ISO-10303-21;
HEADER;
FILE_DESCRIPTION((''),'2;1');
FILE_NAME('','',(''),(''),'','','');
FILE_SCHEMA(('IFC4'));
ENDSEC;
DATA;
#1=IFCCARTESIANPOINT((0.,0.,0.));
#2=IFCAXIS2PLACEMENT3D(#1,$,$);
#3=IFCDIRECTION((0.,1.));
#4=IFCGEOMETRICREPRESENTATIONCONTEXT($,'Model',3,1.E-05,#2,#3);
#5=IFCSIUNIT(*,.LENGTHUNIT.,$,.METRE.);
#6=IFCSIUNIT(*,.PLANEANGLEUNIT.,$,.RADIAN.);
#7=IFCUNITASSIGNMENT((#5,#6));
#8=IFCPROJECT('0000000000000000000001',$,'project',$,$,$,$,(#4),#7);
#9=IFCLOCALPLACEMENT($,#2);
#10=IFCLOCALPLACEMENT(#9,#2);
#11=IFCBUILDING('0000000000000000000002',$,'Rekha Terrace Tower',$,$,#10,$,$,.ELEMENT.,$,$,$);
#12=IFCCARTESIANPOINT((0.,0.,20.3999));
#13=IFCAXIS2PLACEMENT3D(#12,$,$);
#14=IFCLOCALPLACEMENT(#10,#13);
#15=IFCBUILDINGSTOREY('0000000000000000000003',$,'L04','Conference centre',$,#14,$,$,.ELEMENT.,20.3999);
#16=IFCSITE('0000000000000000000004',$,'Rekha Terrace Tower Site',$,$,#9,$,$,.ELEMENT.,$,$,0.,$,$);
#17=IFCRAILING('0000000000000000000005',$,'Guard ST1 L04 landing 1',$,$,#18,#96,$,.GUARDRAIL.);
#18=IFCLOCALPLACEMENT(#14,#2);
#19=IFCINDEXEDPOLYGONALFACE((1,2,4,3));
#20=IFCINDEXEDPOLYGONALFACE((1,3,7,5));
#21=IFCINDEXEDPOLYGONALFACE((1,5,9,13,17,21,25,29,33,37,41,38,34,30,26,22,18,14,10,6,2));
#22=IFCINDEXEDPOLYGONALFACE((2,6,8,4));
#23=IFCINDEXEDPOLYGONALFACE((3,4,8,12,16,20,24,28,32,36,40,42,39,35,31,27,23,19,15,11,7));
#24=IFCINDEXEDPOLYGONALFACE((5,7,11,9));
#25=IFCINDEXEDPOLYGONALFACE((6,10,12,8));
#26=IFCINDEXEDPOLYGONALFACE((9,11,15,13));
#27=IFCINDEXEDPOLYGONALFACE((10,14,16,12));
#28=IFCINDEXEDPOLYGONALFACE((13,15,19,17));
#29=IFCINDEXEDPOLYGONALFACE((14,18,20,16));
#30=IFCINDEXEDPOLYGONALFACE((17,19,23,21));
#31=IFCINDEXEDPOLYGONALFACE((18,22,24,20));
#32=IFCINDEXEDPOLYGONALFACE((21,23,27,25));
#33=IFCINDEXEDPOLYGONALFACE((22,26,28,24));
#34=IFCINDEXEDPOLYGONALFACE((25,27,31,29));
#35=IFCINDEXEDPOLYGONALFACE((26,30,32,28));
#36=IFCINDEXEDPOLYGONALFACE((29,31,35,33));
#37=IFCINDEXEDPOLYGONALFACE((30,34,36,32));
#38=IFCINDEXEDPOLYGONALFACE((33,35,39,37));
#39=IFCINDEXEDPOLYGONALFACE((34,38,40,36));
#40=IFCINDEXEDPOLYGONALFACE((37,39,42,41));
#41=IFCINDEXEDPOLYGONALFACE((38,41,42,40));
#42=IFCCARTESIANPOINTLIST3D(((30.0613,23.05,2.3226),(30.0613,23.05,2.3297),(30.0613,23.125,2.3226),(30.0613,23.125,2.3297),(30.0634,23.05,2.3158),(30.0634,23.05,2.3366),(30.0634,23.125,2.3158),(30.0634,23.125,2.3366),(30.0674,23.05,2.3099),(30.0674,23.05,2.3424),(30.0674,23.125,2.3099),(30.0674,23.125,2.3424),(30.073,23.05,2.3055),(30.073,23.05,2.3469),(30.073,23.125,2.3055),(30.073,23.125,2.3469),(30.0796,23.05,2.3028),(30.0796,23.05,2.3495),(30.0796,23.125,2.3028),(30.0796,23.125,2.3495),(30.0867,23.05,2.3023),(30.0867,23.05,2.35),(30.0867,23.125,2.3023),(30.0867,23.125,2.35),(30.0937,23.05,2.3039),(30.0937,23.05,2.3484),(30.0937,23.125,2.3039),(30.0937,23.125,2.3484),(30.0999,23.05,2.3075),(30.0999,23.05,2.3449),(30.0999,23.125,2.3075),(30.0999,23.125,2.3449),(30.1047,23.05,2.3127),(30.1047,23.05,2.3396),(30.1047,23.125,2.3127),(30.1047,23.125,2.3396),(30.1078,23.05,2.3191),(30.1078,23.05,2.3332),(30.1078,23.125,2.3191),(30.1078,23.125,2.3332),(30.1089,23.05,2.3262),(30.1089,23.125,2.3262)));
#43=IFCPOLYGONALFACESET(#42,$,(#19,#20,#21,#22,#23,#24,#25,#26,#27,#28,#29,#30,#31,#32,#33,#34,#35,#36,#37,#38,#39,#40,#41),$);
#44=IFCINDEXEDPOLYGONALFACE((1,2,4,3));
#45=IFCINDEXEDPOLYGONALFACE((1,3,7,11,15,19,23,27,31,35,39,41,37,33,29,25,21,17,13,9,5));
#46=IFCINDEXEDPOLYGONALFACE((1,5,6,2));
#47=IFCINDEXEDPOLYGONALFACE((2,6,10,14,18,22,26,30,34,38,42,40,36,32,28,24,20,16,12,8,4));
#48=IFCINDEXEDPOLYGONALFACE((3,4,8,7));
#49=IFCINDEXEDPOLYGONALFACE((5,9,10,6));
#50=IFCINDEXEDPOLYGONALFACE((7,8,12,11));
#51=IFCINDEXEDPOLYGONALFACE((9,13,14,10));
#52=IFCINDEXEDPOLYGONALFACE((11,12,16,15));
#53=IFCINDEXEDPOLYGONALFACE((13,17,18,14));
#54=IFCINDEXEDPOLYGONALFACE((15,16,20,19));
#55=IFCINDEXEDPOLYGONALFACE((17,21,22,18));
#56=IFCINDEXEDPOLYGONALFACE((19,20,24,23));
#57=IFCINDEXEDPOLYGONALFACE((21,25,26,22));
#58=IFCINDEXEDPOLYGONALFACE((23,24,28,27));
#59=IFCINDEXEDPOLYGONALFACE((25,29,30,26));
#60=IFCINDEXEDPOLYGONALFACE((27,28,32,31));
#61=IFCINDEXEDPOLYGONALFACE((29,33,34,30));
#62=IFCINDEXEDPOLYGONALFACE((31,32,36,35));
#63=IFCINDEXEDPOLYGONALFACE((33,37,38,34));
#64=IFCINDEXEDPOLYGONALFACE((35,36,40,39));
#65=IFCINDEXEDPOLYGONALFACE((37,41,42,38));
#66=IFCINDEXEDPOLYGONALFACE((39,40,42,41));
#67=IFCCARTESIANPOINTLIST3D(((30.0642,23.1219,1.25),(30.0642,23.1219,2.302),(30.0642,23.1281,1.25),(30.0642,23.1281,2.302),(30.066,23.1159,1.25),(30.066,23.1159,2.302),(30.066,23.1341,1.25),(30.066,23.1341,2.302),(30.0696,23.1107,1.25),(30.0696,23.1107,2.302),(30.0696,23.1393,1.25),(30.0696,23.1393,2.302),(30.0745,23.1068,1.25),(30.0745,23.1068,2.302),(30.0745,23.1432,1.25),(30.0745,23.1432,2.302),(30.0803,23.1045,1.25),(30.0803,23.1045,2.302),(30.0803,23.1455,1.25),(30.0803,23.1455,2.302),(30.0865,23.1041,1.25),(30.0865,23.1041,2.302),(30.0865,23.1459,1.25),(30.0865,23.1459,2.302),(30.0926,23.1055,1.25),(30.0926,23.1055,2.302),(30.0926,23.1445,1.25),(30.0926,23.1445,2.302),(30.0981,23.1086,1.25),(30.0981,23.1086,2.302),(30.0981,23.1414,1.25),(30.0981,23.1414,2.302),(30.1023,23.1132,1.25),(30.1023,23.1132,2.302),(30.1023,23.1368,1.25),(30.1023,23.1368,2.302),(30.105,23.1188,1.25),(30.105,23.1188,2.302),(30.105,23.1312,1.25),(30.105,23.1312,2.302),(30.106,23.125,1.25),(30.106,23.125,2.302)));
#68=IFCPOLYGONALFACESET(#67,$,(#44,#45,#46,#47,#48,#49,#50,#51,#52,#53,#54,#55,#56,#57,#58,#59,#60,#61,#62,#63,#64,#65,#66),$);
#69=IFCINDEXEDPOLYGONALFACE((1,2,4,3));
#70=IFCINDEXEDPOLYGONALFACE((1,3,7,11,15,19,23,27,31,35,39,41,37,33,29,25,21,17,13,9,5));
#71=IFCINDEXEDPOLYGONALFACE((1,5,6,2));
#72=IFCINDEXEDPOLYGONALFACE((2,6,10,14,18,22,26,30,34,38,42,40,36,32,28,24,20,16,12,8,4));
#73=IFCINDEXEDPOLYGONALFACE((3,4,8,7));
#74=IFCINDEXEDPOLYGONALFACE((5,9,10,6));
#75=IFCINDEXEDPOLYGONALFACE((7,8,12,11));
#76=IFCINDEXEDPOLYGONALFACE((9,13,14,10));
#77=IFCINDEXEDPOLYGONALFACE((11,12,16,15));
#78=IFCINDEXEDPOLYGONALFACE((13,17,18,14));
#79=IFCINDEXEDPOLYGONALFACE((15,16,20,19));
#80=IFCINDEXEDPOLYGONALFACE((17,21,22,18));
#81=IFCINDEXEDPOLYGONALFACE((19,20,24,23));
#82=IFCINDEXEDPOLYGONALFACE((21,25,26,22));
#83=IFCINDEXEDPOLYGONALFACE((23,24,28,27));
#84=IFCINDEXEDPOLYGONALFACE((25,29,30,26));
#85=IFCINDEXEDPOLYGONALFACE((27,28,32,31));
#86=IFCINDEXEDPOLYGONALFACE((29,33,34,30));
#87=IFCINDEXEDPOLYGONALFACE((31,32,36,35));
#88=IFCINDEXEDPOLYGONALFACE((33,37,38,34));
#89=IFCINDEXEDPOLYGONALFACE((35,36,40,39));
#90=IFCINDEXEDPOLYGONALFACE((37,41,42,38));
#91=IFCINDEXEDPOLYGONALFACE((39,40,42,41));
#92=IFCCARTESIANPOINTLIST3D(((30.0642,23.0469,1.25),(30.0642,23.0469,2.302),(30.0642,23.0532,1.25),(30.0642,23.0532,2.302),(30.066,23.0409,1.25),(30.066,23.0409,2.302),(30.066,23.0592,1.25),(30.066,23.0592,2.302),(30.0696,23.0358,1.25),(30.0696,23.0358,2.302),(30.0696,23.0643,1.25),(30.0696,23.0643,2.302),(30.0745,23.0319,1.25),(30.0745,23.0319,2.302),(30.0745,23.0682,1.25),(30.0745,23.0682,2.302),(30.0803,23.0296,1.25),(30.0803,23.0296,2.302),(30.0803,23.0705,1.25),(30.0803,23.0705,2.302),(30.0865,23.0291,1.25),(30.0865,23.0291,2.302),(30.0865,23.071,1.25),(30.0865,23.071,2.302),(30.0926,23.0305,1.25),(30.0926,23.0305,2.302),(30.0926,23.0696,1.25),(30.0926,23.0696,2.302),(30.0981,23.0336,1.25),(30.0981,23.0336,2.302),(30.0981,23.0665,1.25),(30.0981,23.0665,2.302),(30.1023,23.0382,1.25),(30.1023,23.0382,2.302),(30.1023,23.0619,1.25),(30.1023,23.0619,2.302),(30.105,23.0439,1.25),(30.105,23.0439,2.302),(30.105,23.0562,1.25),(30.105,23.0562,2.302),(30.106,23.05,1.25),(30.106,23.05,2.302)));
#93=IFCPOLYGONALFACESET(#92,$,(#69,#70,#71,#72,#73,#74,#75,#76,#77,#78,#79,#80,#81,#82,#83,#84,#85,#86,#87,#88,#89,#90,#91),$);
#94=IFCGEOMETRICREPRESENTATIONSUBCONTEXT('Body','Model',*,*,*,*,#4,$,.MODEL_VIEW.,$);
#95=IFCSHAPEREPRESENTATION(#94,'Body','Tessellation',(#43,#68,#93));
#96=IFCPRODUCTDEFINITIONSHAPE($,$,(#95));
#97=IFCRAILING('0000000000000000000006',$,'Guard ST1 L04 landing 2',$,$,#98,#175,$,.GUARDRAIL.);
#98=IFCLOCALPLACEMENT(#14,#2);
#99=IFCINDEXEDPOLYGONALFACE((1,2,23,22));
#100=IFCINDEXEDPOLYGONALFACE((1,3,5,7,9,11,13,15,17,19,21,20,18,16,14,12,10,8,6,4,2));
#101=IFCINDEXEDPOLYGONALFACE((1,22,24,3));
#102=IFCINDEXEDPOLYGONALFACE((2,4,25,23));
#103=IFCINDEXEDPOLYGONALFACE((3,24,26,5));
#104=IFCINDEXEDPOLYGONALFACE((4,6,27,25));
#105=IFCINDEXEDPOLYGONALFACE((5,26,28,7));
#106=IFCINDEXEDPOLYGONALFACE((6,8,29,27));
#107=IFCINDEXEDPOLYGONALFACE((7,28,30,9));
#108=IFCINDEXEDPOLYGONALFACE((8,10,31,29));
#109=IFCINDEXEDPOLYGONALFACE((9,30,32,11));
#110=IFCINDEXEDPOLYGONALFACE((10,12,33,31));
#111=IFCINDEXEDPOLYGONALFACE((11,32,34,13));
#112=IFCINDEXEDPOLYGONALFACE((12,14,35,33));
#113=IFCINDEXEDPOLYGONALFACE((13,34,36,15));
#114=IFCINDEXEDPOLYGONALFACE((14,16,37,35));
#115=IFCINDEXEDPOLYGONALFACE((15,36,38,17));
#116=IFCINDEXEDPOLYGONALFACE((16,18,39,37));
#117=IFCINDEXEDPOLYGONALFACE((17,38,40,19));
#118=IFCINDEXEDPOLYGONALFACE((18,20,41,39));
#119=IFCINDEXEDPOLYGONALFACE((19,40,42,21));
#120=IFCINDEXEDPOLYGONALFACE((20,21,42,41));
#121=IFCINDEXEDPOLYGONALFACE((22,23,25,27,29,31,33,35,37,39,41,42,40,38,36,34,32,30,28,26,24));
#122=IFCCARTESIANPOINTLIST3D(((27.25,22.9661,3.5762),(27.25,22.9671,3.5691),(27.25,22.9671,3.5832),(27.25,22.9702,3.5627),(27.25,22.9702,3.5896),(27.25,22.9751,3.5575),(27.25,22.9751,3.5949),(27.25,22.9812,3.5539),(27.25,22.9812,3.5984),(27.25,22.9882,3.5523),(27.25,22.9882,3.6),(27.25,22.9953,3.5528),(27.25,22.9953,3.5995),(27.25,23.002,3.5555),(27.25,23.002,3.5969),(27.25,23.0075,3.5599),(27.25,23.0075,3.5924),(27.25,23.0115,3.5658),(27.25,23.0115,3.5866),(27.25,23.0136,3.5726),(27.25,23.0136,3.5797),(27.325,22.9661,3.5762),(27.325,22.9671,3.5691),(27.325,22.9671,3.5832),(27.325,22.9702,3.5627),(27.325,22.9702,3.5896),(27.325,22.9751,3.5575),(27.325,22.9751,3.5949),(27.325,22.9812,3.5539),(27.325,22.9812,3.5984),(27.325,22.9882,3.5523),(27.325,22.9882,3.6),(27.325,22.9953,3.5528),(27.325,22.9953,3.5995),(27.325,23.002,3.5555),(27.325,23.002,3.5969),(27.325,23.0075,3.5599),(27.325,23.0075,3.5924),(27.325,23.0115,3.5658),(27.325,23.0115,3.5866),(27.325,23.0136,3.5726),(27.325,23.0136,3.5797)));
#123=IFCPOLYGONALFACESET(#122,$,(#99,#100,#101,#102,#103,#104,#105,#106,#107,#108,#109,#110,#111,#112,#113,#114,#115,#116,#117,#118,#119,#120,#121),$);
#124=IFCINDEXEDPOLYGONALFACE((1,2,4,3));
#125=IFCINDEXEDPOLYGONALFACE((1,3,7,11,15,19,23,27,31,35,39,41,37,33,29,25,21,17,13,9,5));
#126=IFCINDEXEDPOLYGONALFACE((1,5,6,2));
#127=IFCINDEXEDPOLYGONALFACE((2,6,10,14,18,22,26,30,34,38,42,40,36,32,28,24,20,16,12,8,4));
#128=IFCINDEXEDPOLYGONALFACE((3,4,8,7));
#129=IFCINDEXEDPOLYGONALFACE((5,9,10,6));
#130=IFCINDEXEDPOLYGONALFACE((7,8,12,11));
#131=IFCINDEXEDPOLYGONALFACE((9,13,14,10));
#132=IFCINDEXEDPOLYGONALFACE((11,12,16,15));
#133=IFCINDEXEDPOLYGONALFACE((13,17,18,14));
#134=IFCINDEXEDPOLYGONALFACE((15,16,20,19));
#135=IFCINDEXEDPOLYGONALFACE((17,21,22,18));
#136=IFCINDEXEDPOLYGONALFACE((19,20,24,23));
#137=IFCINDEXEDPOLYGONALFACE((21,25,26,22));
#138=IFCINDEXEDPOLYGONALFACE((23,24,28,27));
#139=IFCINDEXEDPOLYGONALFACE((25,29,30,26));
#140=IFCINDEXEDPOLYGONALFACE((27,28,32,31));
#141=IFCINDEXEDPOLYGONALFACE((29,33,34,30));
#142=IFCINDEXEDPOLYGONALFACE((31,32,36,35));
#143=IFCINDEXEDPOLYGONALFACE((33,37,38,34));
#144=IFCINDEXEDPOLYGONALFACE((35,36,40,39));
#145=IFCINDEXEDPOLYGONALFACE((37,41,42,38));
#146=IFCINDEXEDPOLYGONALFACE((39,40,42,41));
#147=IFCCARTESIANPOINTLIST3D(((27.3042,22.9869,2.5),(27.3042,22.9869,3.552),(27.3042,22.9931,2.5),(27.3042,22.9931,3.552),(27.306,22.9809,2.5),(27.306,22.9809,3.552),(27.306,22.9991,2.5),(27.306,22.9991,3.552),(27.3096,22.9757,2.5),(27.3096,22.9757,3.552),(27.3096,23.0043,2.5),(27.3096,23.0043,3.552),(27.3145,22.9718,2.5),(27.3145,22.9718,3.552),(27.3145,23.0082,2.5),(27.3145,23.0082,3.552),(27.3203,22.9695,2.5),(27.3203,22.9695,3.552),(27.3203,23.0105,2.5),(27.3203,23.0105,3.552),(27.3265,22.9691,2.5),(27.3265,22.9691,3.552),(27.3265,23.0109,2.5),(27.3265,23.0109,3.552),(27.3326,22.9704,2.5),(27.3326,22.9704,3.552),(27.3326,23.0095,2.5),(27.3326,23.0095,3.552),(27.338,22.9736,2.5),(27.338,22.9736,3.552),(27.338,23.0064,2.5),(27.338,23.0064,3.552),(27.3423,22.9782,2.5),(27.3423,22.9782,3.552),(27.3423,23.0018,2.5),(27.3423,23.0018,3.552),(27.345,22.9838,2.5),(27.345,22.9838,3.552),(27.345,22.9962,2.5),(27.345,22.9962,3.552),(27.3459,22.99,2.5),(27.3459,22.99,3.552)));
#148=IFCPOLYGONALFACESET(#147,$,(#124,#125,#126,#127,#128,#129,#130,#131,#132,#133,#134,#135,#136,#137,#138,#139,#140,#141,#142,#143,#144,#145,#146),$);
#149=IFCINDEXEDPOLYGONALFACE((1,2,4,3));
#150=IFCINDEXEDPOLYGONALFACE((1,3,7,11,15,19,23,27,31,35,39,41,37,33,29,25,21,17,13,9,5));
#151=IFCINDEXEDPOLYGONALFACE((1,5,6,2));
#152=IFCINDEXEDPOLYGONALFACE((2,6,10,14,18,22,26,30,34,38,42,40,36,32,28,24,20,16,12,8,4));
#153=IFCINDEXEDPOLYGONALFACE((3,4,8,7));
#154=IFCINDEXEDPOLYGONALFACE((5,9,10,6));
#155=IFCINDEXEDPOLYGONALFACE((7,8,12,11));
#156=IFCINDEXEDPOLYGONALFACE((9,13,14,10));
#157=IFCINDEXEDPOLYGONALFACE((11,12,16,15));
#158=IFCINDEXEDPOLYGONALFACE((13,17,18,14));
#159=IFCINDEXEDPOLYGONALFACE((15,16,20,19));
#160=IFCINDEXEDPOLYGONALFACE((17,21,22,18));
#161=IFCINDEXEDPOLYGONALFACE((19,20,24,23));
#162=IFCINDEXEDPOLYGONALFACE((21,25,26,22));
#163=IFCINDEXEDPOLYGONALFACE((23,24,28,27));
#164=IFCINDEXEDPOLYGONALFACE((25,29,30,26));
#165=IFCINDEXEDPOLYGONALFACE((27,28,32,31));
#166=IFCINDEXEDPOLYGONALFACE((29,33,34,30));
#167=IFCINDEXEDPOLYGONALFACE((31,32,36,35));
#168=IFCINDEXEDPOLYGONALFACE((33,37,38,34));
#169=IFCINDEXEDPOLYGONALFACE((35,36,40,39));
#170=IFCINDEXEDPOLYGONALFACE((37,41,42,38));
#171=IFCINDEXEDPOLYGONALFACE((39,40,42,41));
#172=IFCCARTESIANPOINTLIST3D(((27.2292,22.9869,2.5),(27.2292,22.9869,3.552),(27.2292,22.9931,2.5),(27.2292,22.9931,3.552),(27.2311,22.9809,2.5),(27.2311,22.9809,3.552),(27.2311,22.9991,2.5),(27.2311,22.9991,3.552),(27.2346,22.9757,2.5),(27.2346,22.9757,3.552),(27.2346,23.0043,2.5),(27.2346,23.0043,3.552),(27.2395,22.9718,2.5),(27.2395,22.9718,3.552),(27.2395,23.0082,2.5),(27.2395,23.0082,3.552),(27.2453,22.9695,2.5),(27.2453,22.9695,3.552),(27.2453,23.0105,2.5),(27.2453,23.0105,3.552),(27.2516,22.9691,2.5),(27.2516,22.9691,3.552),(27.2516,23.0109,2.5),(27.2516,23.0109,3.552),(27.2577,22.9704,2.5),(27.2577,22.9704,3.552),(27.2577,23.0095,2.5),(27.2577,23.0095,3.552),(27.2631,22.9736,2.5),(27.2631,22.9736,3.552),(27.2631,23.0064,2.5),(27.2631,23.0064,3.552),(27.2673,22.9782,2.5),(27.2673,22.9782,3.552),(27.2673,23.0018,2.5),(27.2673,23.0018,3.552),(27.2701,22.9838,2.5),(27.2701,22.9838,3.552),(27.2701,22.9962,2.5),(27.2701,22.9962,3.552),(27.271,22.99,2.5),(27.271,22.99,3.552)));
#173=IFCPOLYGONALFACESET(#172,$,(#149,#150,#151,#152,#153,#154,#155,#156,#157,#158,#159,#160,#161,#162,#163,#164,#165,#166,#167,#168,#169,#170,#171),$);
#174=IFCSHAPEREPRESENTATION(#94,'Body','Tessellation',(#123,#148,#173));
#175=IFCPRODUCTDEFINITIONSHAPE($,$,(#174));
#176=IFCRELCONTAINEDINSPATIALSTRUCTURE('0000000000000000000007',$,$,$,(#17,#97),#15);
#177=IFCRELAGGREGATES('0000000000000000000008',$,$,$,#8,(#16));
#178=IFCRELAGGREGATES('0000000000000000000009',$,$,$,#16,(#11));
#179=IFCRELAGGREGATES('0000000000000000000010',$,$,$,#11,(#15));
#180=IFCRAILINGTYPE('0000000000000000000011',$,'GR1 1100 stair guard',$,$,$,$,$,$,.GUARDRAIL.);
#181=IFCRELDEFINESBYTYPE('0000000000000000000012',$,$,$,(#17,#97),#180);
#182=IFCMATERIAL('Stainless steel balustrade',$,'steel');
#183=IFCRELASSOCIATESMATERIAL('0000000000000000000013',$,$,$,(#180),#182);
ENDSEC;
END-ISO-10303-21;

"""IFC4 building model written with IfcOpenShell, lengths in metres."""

from ifc_helpers import new_model, si_unit, direction, frame, origin, origin_2d, place, context, subcontext, project, spatial, circle, extrude, material, type_object, element, save


model = new_model("IFC4")

# Units and contexts
model_context = context("Model", 3, precision=1e-05, world=origin(), true_north=direction((0.0, 1.0)))
body_context = subcontext(model_context, "Body", "Model", "MODEL_VIEW")
ifc_project = project(units=[si_unit("LENGTHUNIT", "METRE"), si_unit("PLANEANGLEUNIT", "RADIAN")], contexts=[model_context])

# Site, building, storey
site_placement = place(None, origin())
site = spatial("IfcSite", under=ifc_project, at=site_placement, Name="Rekha Terrace Tower Site", CompositionType="ELEMENT", RefElevation=0.0)
building_placement = place(site_placement, origin())
building = spatial("IfcBuilding", under=site, at=building_placement, Name="Rekha Terrace Tower", CompositionType="ELEMENT")
storey_placement = place(building_placement, frame((0.0, 0.0, 20.3999)))
storey = spatial("IfcBuildingStorey", under=building, at=storey_placement, Name="L04", Description="Conference centre", CompositionType="ELEMENT", Elevation=20.3999)

# Railings
ifc_material_1 = material(Name="Stainless steel balustrade", Category="steel")
railing_type_1 = type_object("IfcRailingType", Name="GR1 1100 stair guard", PredefinedType="GUARDRAIL", material=ifc_material_1)
railing_1_placement = place(storey_placement, frame((30.085, 23.125, 1.25)))
element("IfcRailing", 1, at=railing_1_placement, inside=storey, type_object=railing_type_1, Name="Guard ST1 L04 landing 1", PredefinedType="GUARDRAIL", context=body_context, shape_type="SweptSolid", body=[
    extrude(circle(Radius=0.0239, at=origin_2d()), frame((0.0, 0.0, 1.0762), z_axis=(0.0, -1.0, 0.0), x_axis=(1.0, 0.0, 0.0)), (0.0, 0.0, 1.0), 0.075),
    extrude(circle(Radius=0.021, at=origin_2d()), origin(), (0.0, 0.0, 1.0), 1.052),
    extrude(circle(Radius=0.021, at=origin_2d()), frame((0.0, -0.075, 0.0)), (0.0, 0.0, 1.0), 1.052),
])
railing_2_placement = place(storey_placement, frame((27.325, 22.99, 2.5)))
element("IfcRailing", 2, at=railing_2_placement, inside=storey, type_object=railing_type_1, Name="Guard ST1 L04 landing 2", PredefinedType="GUARDRAIL", context=body_context, shape_type="SweptSolid", body=[
    extrude(circle(Radius=0.0239, at=origin_2d()), frame((0.0, 0.0, 1.0762), z_axis=(-1.0, 0.0, 0.0), x_axis=(0.0, -1.0, 0.0)), (0.0, 0.0, 1.0), 0.075),
    extrude(circle(Radius=0.021, at=origin_2d()), origin(), (0.0, 0.0, 1.0), 1.052),
    extrude(circle(Radius=0.021, at=origin_2d()), frame((-0.075, 0.0, 0.0)), (0.0, 0.0, 1.0), 1.052),
])

save(model, "model.ifc")
